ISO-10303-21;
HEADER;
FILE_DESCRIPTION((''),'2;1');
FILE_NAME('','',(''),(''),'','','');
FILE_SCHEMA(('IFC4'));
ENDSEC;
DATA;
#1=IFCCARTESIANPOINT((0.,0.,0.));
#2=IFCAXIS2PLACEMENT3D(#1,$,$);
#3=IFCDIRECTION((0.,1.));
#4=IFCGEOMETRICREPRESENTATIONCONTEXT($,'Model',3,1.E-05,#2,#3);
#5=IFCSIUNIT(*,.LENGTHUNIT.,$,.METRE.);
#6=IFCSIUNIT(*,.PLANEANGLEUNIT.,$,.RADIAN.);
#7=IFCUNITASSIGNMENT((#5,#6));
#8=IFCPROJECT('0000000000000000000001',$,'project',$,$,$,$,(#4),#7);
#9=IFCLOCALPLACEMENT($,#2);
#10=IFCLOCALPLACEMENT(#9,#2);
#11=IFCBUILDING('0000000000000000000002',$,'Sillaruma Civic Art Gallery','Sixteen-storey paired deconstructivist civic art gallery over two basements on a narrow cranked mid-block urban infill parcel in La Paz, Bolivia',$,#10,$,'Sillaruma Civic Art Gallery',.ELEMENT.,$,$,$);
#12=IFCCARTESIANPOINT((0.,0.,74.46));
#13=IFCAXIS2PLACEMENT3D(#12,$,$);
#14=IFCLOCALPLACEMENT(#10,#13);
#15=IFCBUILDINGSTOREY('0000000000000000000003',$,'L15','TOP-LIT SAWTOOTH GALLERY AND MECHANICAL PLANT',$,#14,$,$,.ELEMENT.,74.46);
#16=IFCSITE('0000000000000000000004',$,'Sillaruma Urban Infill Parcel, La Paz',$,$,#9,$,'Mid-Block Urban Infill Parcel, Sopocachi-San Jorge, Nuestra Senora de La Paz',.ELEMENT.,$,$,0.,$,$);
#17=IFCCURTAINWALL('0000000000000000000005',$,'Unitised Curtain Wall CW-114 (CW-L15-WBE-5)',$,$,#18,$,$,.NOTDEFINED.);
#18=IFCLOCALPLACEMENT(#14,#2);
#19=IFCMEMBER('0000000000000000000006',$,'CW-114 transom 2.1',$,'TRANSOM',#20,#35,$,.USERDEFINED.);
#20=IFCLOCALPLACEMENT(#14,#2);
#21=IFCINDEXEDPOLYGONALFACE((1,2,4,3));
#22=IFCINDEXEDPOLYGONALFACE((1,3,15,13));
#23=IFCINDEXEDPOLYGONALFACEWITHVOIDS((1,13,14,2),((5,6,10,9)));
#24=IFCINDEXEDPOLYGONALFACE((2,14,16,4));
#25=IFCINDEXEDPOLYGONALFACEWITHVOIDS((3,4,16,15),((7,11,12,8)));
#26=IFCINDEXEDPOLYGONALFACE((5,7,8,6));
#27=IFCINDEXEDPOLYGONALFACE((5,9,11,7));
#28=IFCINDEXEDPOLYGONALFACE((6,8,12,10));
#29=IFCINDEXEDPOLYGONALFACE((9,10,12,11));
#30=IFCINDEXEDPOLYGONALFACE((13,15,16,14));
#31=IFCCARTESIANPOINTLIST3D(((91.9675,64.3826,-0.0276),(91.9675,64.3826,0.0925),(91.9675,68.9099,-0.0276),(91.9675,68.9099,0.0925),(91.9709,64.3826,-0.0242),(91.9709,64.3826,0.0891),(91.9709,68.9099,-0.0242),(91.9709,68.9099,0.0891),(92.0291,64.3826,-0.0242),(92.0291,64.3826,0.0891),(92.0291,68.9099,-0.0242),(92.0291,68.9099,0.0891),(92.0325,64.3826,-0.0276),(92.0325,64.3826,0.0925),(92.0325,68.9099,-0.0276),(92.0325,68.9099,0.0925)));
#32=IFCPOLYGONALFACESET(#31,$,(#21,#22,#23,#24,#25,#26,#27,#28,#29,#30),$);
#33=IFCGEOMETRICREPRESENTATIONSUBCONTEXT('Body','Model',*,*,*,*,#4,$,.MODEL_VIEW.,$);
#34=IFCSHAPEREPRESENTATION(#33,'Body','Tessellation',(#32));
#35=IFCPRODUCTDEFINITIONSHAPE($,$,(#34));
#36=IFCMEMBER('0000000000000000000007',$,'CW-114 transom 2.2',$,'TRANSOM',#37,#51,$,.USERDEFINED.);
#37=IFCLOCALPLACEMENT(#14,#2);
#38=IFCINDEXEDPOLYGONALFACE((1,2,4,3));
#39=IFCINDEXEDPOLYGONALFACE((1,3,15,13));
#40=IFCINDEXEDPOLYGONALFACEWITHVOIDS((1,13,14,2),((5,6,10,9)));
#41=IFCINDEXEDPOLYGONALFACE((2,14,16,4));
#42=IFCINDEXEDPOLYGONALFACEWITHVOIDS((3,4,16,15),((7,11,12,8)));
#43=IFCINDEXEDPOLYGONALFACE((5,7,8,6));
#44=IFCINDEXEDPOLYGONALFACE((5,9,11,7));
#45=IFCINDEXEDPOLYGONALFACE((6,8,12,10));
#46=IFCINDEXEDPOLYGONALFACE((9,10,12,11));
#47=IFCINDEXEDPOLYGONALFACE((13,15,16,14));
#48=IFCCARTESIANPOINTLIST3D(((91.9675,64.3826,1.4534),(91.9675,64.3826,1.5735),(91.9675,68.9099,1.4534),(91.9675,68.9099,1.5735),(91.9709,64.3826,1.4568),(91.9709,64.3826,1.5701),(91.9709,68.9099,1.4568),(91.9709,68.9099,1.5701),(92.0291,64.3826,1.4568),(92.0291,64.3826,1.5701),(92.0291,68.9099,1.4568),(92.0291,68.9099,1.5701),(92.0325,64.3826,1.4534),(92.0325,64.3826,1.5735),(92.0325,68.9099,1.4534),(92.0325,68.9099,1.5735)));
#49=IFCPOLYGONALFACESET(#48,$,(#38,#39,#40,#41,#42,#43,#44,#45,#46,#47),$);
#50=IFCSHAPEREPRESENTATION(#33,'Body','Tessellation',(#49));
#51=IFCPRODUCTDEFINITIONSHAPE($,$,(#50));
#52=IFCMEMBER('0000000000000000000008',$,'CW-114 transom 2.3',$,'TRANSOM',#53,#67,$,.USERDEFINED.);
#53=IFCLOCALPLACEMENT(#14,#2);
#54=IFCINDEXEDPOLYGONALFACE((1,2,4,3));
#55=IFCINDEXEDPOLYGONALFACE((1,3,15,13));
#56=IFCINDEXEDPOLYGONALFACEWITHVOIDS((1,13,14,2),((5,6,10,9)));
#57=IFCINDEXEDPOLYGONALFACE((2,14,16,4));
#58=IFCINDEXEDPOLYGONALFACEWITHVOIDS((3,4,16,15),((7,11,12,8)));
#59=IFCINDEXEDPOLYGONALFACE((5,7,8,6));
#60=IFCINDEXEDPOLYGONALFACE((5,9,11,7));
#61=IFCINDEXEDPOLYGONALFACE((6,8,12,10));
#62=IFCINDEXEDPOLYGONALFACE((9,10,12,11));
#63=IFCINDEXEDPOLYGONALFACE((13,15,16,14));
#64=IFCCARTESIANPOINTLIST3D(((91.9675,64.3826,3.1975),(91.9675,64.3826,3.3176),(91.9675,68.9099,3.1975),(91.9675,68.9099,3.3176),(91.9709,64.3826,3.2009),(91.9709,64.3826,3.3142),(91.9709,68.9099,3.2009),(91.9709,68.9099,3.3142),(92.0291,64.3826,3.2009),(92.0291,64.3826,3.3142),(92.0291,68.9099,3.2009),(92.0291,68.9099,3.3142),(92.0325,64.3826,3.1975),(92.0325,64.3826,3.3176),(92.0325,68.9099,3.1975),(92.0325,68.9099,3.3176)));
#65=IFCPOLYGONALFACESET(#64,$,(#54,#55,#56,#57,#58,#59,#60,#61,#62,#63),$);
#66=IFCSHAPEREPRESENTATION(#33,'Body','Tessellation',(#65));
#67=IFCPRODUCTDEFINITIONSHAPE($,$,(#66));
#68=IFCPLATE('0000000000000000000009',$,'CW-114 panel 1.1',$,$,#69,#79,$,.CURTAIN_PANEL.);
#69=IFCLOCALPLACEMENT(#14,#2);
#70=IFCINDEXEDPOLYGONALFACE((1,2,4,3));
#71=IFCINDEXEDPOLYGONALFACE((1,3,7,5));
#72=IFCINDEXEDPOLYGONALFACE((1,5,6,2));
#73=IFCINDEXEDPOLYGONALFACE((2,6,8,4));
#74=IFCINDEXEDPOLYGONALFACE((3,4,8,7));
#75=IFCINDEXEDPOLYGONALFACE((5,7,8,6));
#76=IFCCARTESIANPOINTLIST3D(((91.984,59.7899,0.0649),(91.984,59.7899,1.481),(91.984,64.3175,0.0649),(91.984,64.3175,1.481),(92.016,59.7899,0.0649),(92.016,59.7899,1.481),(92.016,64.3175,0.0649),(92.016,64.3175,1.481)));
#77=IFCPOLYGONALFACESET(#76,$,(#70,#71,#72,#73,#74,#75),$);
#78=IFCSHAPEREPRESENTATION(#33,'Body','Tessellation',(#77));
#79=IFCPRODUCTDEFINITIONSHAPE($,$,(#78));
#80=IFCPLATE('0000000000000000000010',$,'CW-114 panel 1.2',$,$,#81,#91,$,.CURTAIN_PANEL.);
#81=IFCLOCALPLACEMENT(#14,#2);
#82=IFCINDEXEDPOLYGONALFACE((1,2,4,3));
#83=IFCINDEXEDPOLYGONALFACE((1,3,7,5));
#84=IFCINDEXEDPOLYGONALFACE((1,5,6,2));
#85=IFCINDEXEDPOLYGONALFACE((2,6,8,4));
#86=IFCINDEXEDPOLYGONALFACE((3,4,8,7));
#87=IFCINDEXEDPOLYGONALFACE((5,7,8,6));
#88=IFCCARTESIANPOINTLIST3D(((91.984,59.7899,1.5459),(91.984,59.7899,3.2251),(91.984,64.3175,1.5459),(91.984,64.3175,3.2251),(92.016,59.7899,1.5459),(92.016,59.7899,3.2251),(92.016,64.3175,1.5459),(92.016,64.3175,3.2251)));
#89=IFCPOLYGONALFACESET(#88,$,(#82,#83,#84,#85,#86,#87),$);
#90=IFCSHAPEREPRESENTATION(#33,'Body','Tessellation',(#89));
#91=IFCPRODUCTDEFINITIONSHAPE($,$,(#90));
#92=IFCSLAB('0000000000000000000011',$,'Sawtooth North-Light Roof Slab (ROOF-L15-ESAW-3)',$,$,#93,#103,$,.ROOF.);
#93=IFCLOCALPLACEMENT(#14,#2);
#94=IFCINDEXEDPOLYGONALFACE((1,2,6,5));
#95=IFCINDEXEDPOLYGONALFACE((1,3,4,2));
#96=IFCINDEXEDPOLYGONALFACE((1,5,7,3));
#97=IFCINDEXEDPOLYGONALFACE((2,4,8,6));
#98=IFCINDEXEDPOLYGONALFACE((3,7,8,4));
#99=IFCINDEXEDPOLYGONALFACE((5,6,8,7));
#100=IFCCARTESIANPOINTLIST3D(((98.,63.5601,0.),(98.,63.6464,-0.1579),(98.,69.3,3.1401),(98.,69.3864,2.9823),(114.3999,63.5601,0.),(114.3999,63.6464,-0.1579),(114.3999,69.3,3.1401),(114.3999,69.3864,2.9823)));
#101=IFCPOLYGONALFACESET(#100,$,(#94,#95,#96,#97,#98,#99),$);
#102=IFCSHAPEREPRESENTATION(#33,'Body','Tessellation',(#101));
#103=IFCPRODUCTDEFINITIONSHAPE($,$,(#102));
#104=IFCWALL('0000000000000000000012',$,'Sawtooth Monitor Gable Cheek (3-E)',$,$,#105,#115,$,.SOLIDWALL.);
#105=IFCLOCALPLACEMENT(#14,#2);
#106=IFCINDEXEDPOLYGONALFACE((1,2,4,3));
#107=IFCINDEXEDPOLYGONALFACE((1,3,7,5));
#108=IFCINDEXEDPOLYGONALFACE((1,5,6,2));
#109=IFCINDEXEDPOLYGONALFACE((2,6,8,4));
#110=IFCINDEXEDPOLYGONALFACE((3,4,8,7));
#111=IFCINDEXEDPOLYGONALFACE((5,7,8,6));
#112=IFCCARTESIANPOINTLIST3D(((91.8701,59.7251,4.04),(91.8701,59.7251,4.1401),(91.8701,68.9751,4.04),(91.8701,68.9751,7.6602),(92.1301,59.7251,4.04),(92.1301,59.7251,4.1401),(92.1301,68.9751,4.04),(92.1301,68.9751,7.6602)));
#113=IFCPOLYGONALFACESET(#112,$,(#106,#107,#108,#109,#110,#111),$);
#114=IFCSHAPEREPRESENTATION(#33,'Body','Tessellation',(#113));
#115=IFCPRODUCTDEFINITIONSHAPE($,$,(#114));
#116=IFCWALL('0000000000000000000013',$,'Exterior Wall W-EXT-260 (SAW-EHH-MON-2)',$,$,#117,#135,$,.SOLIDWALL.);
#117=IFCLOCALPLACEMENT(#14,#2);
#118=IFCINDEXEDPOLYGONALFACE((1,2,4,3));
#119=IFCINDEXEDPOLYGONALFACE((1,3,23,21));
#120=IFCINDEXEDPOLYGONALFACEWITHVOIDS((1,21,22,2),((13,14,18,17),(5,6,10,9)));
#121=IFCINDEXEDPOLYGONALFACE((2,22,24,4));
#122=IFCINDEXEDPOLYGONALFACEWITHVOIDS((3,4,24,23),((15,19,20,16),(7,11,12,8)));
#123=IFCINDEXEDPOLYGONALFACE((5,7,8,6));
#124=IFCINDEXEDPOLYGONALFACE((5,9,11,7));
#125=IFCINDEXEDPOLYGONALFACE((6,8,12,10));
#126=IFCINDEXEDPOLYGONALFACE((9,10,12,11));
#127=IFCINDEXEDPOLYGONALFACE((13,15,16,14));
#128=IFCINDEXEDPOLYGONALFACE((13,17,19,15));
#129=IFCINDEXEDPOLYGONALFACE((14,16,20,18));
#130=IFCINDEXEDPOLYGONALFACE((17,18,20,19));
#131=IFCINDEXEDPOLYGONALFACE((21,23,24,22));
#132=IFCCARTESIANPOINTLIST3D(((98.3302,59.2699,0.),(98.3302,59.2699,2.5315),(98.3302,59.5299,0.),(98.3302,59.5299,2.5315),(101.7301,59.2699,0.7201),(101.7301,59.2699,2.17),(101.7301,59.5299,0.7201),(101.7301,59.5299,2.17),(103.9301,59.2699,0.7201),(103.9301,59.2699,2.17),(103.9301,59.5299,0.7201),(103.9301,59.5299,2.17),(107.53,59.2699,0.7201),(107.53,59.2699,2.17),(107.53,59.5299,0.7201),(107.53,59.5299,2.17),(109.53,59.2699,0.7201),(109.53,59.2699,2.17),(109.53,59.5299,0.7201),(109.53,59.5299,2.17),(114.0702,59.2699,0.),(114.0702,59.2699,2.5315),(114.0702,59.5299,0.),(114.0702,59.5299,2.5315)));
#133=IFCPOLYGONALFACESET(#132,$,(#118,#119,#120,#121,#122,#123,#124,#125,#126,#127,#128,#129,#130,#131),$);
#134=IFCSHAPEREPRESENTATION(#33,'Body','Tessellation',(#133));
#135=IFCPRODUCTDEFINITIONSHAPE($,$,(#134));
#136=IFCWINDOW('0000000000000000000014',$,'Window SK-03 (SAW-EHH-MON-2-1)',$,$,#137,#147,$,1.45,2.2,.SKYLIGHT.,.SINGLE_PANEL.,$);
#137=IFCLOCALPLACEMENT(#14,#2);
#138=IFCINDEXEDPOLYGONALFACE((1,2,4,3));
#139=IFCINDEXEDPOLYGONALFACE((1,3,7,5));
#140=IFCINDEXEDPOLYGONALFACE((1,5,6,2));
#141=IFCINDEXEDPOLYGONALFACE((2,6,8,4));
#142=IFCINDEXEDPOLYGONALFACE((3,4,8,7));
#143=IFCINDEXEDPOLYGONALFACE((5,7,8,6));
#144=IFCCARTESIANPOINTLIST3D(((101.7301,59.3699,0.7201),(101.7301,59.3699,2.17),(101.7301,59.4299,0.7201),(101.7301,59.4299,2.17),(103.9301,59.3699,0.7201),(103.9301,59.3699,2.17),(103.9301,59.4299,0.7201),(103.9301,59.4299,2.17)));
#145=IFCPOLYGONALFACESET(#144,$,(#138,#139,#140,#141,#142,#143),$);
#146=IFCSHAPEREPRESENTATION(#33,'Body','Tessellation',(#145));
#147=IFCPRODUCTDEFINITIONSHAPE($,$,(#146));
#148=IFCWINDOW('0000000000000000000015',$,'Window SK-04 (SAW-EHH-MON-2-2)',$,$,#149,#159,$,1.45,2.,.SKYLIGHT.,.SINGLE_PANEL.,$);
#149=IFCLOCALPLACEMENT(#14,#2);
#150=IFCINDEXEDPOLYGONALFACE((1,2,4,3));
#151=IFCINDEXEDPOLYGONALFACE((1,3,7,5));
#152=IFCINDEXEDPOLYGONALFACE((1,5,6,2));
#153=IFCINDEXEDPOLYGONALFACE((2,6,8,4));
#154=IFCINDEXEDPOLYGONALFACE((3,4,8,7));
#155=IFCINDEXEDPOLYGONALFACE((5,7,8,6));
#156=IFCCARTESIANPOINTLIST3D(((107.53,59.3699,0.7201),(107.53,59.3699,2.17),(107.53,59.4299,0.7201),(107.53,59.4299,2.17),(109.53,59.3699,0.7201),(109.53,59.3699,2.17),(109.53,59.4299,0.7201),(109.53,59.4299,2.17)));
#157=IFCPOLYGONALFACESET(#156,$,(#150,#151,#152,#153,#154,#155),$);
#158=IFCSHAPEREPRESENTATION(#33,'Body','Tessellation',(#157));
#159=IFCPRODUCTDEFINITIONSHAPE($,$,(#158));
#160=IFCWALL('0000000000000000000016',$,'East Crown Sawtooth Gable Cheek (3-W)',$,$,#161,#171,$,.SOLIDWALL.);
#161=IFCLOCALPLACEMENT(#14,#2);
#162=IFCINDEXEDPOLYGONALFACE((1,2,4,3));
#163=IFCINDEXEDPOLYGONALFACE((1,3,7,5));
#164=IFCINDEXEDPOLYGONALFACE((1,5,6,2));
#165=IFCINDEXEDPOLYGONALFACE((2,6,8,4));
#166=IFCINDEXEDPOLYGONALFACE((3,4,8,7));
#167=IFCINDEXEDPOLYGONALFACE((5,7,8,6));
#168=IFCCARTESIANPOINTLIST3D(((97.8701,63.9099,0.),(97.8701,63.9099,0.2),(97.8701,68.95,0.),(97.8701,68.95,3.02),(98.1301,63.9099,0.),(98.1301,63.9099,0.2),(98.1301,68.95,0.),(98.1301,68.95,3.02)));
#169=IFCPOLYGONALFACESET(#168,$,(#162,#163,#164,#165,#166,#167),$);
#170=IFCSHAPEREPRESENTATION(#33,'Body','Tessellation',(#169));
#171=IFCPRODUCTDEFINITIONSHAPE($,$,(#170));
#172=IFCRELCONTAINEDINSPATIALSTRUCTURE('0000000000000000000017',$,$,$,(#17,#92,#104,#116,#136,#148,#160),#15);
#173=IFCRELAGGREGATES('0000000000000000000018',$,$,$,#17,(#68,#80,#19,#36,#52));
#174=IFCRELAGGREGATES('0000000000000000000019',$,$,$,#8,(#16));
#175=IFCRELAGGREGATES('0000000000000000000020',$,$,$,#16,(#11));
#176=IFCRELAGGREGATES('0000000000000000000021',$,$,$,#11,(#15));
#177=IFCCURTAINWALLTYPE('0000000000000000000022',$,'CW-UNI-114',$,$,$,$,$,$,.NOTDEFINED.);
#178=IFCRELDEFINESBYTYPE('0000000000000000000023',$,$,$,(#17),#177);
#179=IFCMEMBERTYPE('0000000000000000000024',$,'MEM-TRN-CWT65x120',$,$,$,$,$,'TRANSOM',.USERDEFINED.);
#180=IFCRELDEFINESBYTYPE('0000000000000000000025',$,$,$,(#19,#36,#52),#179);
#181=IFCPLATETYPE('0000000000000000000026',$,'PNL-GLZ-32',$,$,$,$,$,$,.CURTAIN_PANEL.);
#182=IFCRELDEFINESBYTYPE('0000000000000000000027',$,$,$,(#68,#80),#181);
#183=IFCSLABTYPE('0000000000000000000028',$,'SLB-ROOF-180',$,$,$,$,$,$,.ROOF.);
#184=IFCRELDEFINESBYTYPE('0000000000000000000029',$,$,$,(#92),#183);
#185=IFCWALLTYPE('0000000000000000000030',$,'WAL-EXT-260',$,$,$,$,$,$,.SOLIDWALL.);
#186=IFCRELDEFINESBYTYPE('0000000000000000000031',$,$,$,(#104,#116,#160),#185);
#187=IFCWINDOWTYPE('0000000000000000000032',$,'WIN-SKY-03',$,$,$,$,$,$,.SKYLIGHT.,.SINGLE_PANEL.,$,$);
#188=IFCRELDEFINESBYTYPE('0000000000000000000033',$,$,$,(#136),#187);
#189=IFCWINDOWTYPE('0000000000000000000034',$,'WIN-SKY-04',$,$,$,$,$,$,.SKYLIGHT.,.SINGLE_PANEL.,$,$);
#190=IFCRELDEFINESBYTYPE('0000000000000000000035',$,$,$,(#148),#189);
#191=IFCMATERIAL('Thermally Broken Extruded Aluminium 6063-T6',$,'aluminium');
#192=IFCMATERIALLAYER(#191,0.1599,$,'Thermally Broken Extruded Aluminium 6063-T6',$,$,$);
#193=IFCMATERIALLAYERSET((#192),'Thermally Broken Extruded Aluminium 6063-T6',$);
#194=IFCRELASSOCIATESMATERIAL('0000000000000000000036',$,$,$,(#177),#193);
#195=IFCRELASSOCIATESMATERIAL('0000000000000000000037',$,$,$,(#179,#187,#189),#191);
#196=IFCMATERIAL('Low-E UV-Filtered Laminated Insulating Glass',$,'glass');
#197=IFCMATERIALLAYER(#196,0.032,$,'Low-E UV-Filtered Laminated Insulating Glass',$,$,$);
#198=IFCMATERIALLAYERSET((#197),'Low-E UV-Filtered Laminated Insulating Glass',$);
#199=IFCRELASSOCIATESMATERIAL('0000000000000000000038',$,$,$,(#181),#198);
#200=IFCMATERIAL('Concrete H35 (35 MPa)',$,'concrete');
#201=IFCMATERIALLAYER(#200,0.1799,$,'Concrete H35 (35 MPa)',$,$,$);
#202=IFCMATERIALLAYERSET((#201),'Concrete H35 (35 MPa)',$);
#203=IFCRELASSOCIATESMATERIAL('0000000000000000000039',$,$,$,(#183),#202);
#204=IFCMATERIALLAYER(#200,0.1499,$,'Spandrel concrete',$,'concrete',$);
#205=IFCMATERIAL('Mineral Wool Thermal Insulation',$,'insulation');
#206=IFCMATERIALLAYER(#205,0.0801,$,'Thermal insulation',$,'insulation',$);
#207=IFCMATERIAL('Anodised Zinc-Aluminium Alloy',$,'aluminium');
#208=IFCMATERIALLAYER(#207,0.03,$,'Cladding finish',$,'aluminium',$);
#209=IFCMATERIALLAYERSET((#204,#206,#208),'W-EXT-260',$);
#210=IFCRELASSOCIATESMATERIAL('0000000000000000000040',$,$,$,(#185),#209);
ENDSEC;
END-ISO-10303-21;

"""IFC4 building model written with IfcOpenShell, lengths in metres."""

from ifc_helpers import new_model, si_unit, direction, frame, frame_2d, origin, origin_2d, place, context, subcontext, project, spatial, polyline, rectangle, hollow_rectangle, outline, extrude, material, layer, layer_set, material_profile, profile_set, type_object, element, fill, aggregate, save


model = new_model("IFC4")

# Units and contexts
model_context = context("Model", 3, precision=1e-05, world=origin(), true_north=direction((0.0, 1.0)))
body_context = subcontext(model_context, "Body", "Model", "MODEL_VIEW")
ifc_project = project(units=[si_unit("LENGTHUNIT", "METRE"), si_unit("PLANEANGLEUNIT", "RADIAN")], contexts=[model_context])

# Site, building, storey
site_placement = place(None, origin())
site = spatial("IfcSite", under=ifc_project, at=site_placement, Name="Sillaruma Urban Infill Parcel, La Paz", LongName="Mid-Block Urban Infill Parcel, Sopocachi-San Jorge, Nuestra Senora de La Paz", CompositionType="ELEMENT", RefElevation=0.0)
building_placement = place(site_placement, origin())
building = spatial("IfcBuilding", under=site, at=building_placement, Name="Sillaruma Civic Art Gallery", Description="Sixteen-storey paired deconstructivist civic art gallery over two basements on a narrow cranked mid-block urban infill parcel in La Paz, Bolivia", LongName="Sillaruma Civic Art Gallery", CompositionType="ELEMENT")
storey_placement = place(building_placement, frame((0.0, 0.0, 74.46)))
storey = spatial("IfcBuildingStorey", under=building, at=storey_placement, Name="L15", Description="TOP-LIT SAWTOOTH GALLERY AND MECHANICAL PLANT", CompositionType="ELEMENT", Elevation=74.46)

# Shared definitions
ifc_material_1 = material(Name="Concrete H35 (35 MPa)", Category="concrete")

# Curtain wall
ifc_material_2 = material(Name="Thermally Broken Extruded Aluminium 6063-T6", Category="aluminium")
ifc_layer_1 = layer(ifc_material_2, 0.1599, Name="Thermally Broken Extruded Aluminium 6063-T6")
ifc_layer_set_1 = layer_set([ifc_layer_1], Name="Thermally Broken Extruded Aluminium 6063-T6")
curtain_wall_type = type_object("IfcCurtainWallType", Name="CW-UNI-114", PredefinedType="NOTDEFINED", material=ifc_layer_set_1)
curtain_wall_placement = place(storey_placement, origin())
curtain_wall = element("IfcCurtainWall", 1, at=curtain_wall_placement, inside=storey, type_object=curtain_wall_type, Name="Unitised Curtain Wall CW-114 (CW-L15-WBE-5)", PredefinedType="NOTDEFINED")

# Members
ifc_material_profile_1 = material_profile(ifc_material_2, hollow_rectangle(XDim=0.0649, YDim=0.1201, WallThickness=0.0034, at=origin_2d()), Name="CWT65x120")
ifc_profile_set_1 = profile_set([ifc_material_profile_1], Name="Thermally Broken Extruded Aluminium 6063-T6")
member_type_1 = type_object("IfcMemberType", Name="MEM-TRN-CWT65x120", ElementType="TRANSOM", PredefinedType="USERDEFINED", material=ifc_profile_set_1)
member_1_placement = place(storey_placement, frame((92.0, 64.3826, 0.0325), z_axis=(0.0, 1.0, 0.0), x_axis=(-1.0, 0.0, 0.0)))
member_1 = element("IfcMember", 2, at=member_1_placement, type_object=member_type_1, Name="CW-114 transom 2.1", ObjectType="TRANSOM", PredefinedType="USERDEFINED", context=body_context, shape_type="SweptSolid", body=[
    extrude(hollow_rectangle(XDim=0.0649, YDim=0.1201, WallThickness=0.0034, at=origin_2d()), origin(), (0.0, 0.0, 1.0), 4.5273),
])
member_2_placement = place(storey_placement, frame((92.0, 64.3826, 1.5134), z_axis=(0.0, 1.0, 0.0), x_axis=(-1.0, 0.0, 0.0)))
member_2 = element("IfcMember", 3, at=member_2_placement, type_object=member_type_1, Name="CW-114 transom 2.2", ObjectType="TRANSOM", PredefinedType="USERDEFINED", context=body_context, shape_type="SweptSolid", body=[
    extrude(hollow_rectangle(XDim=0.0649, YDim=0.1201, WallThickness=0.0034, at=origin_2d()), origin(), (0.0, 0.0, 1.0), 4.5273),
])
member_3_placement = place(storey_placement, frame((92.0, 64.3826, 3.2576), z_axis=(0.0, 1.0, 0.0), x_axis=(-1.0, 0.0, 0.0)))
member_3 = element("IfcMember", 4, at=member_3_placement, type_object=member_type_1, Name="CW-114 transom 2.3", ObjectType="TRANSOM", PredefinedType="USERDEFINED", context=body_context, shape_type="SweptSolid", body=[
    extrude(hollow_rectangle(XDim=0.0649, YDim=0.1201, WallThickness=0.0034, at=origin_2d()), origin(), (0.0, 0.0, 1.0), 4.5273),
])

# Plates
ifc_material_3 = material(Name="Low-E UV-Filtered Laminated Insulating Glass", Category="glass")
ifc_layer_2 = layer(ifc_material_3, 0.032, Name="Low-E UV-Filtered Laminated Insulating Glass")
ifc_layer_set_2 = layer_set([ifc_layer_2], Name="Low-E UV-Filtered Laminated Insulating Glass")
plate_type = type_object("IfcPlateType", Name="PNL-GLZ-32", PredefinedType="CURTAIN_PANEL", material=ifc_layer_set_2)
plate_1_placement = place(storey_placement, frame((92.0, 62.0537, 0.0649), z_axis=(0.0, 0.0, 1.0), x_axis=(0.0, 1.0, 0.0)))
plate_1 = element("IfcPlate", 5, at=plate_1_placement, type_object=plate_type, Name="CW-114 panel 1.1", PredefinedType="CURTAIN_PANEL", context=body_context, shape_type="SweptSolid", body=[
    extrude(rectangle(XDim=4.5276, YDim=0.032, at=origin_2d()), origin(), (0.0, 0.0, 1.0), 1.416),
])
plate_2_placement = place(storey_placement, frame((92.0, 62.0537, 1.5459), z_axis=(0.0, 0.0, 1.0), x_axis=(0.0, 1.0, 0.0)))
plate_2 = element("IfcPlate", 6, at=plate_2_placement, type_object=plate_type, Name="CW-114 panel 1.2", PredefinedType="CURTAIN_PANEL", context=body_context, shape_type="SweptSolid", body=[
    extrude(rectangle(XDim=4.5276, YDim=0.032, at=origin_2d()), origin(), (0.0, 0.0, 1.0), 1.6792),
])
aggregate(curtain_wall, [plate_1, plate_2, member_1, member_2, member_3])

# Slab
ifc_layer_3 = layer(ifc_material_1, 0.1799, Name="Concrete H35 (35 MPa)")
ifc_layer_set_3 = layer_set([ifc_layer_3], Name="Concrete H35 (35 MPa)")
slab_type = type_object("IfcSlabType", Name="SLB-ROOF-180", PredefinedType="ROOF", material=ifc_layer_set_3)
slab_placement = place(storey_placement, frame((98.0, 63.5601, 0.0), z_axis=(0.0, -0.479939, 0.877302), x_axis=(1.0, 0.0, 0.0)))
element("IfcSlab", 7, at=slab_placement, inside=storey, type_object=slab_type, Name="Sawtooth North-Light Roof Slab (ROOF-L15-ESAW-3)", PredefinedType="ROOF", context=body_context, shape_type="SweptSolid", body=[
    extrude(outline(polyline([(0.0, 0.0), (16.3999, 0.0), (16.3999, 6.5428), (0.0, 6.5428), (0.0, 0.0)])), origin(), (0.0, 0.0, -1.0), 0.1799),
])

# Wall
ifc_layer_4 = layer(ifc_material_1, 0.1499, Name="Spandrel concrete", Category="concrete")
ifc_material_4 = material(Name="Mineral Wool Thermal Insulation", Category="insulation")
ifc_layer_5 = layer(ifc_material_4, 0.0801, Name="Thermal insulation", Category="insulation")
ifc_material_5 = material(Name="Anodised Zinc-Aluminium Alloy", Category="aluminium")
ifc_layer_6 = layer(ifc_material_5, 0.03, Name="Cladding finish", Category="aluminium")
ifc_layer_set_4 = layer_set([ifc_layer_4, ifc_layer_5, ifc_layer_6], Name="W-EXT-260")
wall_type_1 = type_object("IfcWallType", Name="WAL-EXT-260", PredefinedType="SOLIDWALL", material=ifc_layer_set_4)
wall_1_placement = place(storey_placement, frame((92.0, 59.7251, 4.04), z_axis=(0.0, 0.0, 1.0), x_axis=(0.0, 1.0, 0.0)))
element("IfcWall", 8, at=wall_1_placement, inside=storey, type_object=wall_type_1, Name="Sawtooth Monitor Gable Cheek (3-E)", PredefinedType="SOLIDWALL", context=body_context, shape_type="SweptSolid", body=[
    extrude(outline(polyline([(0.0, 0.0), (9.25, 0.0), (9.25, 3.6201), (0.0, 0.1001), (0.0, 0.0)])), frame((0.0, 0.1299, 0.0), z_axis=(0.0, -1.0, 0.0), x_axis=(1.0, 0.0, 0.0)), (0.0, 0.0, 1.0), 0.26),
])

# Wall, openings, windows
wall_2_placement = place(storey_placement, frame((98.3301, 59.3999, 0.0), z_axis=(0.0, 0.0, 1.0), x_axis=(1.0, 0.0, 0.0)))
wall_2 = element("IfcWall", 9, at=wall_2_placement, inside=storey, type_object=wall_type_1, Name="Exterior Wall W-EXT-260 (SAW-EHH-MON-2)", PredefinedType="SOLIDWALL", context=body_context, shape_type="SweptSolid", body=[
    extrude(rectangle(XDim=15.74, YDim=0.26, at=frame_2d((7.8701, 0.0))), origin(), (0.0, 0.0, 1.0), 2.5315),
])
opening_1_placement = place(wall_2_placement, frame((3.3999, 0.0, 0.72)))
opening_1 = element("IfcOpeningElement", 10, at=opening_1_placement, cuts=wall_2, PredefinedType="OPENING", context=body_context, shape_type="SweptSolid", body=[
    extrude(rectangle(XDim=2.2, YDim=1.45, at=frame_2d((1.1001, 0.7251))), frame((0.0, 0.1399, 0.0), z_axis=(0.0, -1.0, 0.0), x_axis=(1.0, 0.0, 0.0)), (0.0, 0.0, 1.0), 0.28),
])
opening_2_placement = place(wall_2_placement, frame((9.2, 0.0, 0.72)))
opening_2 = element("IfcOpeningElement", 11, at=opening_2_placement, cuts=wall_2, PredefinedType="OPENING", context=body_context, shape_type="SweptSolid", body=[
    extrude(rectangle(XDim=2.0, YDim=1.45, at=frame_2d((1.0, 0.7251))), frame((0.0, 0.1399, 0.0), z_axis=(0.0, -1.0, 0.0), x_axis=(1.0, 0.0, 0.0)), (0.0, 0.0, 1.0), 0.28),
])
window_type_1 = type_object("IfcWindowType", Name="WIN-SKY-03", PartitioningType="SINGLE_PANEL", PredefinedType="SKYLIGHT", material=ifc_material_2)
window_1_placement = place(opening_1_placement, origin())
window_1 = element("IfcWindow", 12, at=window_1_placement, inside=storey, type_object=window_type_1, Name="Window SK-03 (SAW-EHH-MON-2-1)", OverallHeight=1.45, OverallWidth=2.2, PartitioningType="SINGLE_PANEL", PredefinedType="SKYLIGHT", context=body_context, shape_type="SweptSolid", body=[
    extrude(rectangle(XDim=2.2, YDim=1.45, at=frame_2d((1.1001, 0.7251))), frame((0.0, 0.03, 0.0), z_axis=(0.0, -1.0, 0.0), x_axis=(1.0, 0.0, 0.0)), (0.0, 0.0, 1.0), 0.0601),
])
fill(opening_1, window_1)
window_type_2 = type_object("IfcWindowType", Name="WIN-SKY-04", PartitioningType="SINGLE_PANEL", PredefinedType="SKYLIGHT", material=ifc_material_2)
window_2_placement = place(opening_2_placement, origin())
window_2 = element("IfcWindow", 13, at=window_2_placement, inside=storey, type_object=window_type_2, Name="Window SK-04 (SAW-EHH-MON-2-2)", OverallHeight=1.45, OverallWidth=2.0, PartitioningType="SINGLE_PANEL", PredefinedType="SKYLIGHT", context=body_context, shape_type="SweptSolid", body=[
    extrude(rectangle(XDim=2.0, YDim=1.45, at=frame_2d((1.0, 0.7251))), frame((0.0, 0.03, 0.0), z_axis=(0.0, -1.0, 0.0), x_axis=(1.0, 0.0, 0.0)), (0.0, 0.0, 1.0), 0.0601),
])
fill(opening_2, window_2)

# Wall
for number, where, z_axis, x_axis, name in (
    (14, (98.0, 63.9099, 0.0), (0.0, 0.0, 1.0), (0.0, 1.0, 0.0), "East Crown Sawtooth Gable Cheek (3-W)"),
):
    element("IfcWall", number, at=place(storey_placement, frame(where, z_axis=z_axis, x_axis=x_axis)), inside=storey, type_object=wall_type_1, Name=name, PredefinedType="SOLIDWALL", context=body_context, shape_type="SweptSolid", body=[
        extrude(outline(polyline([(0.0, 0.0), (5.04, 0.0), (5.04, 3.02), (0.0, 0.2), (0.0, 0.0)])), frame((0.0, 0.1299, 0.0), z_axis=(0.0, -1.0, 0.0), x_axis=(1.0, 0.0, 0.0)), (0.0, 0.0, 1.0), 0.26),
    ])

save(model, "model.ifc")
